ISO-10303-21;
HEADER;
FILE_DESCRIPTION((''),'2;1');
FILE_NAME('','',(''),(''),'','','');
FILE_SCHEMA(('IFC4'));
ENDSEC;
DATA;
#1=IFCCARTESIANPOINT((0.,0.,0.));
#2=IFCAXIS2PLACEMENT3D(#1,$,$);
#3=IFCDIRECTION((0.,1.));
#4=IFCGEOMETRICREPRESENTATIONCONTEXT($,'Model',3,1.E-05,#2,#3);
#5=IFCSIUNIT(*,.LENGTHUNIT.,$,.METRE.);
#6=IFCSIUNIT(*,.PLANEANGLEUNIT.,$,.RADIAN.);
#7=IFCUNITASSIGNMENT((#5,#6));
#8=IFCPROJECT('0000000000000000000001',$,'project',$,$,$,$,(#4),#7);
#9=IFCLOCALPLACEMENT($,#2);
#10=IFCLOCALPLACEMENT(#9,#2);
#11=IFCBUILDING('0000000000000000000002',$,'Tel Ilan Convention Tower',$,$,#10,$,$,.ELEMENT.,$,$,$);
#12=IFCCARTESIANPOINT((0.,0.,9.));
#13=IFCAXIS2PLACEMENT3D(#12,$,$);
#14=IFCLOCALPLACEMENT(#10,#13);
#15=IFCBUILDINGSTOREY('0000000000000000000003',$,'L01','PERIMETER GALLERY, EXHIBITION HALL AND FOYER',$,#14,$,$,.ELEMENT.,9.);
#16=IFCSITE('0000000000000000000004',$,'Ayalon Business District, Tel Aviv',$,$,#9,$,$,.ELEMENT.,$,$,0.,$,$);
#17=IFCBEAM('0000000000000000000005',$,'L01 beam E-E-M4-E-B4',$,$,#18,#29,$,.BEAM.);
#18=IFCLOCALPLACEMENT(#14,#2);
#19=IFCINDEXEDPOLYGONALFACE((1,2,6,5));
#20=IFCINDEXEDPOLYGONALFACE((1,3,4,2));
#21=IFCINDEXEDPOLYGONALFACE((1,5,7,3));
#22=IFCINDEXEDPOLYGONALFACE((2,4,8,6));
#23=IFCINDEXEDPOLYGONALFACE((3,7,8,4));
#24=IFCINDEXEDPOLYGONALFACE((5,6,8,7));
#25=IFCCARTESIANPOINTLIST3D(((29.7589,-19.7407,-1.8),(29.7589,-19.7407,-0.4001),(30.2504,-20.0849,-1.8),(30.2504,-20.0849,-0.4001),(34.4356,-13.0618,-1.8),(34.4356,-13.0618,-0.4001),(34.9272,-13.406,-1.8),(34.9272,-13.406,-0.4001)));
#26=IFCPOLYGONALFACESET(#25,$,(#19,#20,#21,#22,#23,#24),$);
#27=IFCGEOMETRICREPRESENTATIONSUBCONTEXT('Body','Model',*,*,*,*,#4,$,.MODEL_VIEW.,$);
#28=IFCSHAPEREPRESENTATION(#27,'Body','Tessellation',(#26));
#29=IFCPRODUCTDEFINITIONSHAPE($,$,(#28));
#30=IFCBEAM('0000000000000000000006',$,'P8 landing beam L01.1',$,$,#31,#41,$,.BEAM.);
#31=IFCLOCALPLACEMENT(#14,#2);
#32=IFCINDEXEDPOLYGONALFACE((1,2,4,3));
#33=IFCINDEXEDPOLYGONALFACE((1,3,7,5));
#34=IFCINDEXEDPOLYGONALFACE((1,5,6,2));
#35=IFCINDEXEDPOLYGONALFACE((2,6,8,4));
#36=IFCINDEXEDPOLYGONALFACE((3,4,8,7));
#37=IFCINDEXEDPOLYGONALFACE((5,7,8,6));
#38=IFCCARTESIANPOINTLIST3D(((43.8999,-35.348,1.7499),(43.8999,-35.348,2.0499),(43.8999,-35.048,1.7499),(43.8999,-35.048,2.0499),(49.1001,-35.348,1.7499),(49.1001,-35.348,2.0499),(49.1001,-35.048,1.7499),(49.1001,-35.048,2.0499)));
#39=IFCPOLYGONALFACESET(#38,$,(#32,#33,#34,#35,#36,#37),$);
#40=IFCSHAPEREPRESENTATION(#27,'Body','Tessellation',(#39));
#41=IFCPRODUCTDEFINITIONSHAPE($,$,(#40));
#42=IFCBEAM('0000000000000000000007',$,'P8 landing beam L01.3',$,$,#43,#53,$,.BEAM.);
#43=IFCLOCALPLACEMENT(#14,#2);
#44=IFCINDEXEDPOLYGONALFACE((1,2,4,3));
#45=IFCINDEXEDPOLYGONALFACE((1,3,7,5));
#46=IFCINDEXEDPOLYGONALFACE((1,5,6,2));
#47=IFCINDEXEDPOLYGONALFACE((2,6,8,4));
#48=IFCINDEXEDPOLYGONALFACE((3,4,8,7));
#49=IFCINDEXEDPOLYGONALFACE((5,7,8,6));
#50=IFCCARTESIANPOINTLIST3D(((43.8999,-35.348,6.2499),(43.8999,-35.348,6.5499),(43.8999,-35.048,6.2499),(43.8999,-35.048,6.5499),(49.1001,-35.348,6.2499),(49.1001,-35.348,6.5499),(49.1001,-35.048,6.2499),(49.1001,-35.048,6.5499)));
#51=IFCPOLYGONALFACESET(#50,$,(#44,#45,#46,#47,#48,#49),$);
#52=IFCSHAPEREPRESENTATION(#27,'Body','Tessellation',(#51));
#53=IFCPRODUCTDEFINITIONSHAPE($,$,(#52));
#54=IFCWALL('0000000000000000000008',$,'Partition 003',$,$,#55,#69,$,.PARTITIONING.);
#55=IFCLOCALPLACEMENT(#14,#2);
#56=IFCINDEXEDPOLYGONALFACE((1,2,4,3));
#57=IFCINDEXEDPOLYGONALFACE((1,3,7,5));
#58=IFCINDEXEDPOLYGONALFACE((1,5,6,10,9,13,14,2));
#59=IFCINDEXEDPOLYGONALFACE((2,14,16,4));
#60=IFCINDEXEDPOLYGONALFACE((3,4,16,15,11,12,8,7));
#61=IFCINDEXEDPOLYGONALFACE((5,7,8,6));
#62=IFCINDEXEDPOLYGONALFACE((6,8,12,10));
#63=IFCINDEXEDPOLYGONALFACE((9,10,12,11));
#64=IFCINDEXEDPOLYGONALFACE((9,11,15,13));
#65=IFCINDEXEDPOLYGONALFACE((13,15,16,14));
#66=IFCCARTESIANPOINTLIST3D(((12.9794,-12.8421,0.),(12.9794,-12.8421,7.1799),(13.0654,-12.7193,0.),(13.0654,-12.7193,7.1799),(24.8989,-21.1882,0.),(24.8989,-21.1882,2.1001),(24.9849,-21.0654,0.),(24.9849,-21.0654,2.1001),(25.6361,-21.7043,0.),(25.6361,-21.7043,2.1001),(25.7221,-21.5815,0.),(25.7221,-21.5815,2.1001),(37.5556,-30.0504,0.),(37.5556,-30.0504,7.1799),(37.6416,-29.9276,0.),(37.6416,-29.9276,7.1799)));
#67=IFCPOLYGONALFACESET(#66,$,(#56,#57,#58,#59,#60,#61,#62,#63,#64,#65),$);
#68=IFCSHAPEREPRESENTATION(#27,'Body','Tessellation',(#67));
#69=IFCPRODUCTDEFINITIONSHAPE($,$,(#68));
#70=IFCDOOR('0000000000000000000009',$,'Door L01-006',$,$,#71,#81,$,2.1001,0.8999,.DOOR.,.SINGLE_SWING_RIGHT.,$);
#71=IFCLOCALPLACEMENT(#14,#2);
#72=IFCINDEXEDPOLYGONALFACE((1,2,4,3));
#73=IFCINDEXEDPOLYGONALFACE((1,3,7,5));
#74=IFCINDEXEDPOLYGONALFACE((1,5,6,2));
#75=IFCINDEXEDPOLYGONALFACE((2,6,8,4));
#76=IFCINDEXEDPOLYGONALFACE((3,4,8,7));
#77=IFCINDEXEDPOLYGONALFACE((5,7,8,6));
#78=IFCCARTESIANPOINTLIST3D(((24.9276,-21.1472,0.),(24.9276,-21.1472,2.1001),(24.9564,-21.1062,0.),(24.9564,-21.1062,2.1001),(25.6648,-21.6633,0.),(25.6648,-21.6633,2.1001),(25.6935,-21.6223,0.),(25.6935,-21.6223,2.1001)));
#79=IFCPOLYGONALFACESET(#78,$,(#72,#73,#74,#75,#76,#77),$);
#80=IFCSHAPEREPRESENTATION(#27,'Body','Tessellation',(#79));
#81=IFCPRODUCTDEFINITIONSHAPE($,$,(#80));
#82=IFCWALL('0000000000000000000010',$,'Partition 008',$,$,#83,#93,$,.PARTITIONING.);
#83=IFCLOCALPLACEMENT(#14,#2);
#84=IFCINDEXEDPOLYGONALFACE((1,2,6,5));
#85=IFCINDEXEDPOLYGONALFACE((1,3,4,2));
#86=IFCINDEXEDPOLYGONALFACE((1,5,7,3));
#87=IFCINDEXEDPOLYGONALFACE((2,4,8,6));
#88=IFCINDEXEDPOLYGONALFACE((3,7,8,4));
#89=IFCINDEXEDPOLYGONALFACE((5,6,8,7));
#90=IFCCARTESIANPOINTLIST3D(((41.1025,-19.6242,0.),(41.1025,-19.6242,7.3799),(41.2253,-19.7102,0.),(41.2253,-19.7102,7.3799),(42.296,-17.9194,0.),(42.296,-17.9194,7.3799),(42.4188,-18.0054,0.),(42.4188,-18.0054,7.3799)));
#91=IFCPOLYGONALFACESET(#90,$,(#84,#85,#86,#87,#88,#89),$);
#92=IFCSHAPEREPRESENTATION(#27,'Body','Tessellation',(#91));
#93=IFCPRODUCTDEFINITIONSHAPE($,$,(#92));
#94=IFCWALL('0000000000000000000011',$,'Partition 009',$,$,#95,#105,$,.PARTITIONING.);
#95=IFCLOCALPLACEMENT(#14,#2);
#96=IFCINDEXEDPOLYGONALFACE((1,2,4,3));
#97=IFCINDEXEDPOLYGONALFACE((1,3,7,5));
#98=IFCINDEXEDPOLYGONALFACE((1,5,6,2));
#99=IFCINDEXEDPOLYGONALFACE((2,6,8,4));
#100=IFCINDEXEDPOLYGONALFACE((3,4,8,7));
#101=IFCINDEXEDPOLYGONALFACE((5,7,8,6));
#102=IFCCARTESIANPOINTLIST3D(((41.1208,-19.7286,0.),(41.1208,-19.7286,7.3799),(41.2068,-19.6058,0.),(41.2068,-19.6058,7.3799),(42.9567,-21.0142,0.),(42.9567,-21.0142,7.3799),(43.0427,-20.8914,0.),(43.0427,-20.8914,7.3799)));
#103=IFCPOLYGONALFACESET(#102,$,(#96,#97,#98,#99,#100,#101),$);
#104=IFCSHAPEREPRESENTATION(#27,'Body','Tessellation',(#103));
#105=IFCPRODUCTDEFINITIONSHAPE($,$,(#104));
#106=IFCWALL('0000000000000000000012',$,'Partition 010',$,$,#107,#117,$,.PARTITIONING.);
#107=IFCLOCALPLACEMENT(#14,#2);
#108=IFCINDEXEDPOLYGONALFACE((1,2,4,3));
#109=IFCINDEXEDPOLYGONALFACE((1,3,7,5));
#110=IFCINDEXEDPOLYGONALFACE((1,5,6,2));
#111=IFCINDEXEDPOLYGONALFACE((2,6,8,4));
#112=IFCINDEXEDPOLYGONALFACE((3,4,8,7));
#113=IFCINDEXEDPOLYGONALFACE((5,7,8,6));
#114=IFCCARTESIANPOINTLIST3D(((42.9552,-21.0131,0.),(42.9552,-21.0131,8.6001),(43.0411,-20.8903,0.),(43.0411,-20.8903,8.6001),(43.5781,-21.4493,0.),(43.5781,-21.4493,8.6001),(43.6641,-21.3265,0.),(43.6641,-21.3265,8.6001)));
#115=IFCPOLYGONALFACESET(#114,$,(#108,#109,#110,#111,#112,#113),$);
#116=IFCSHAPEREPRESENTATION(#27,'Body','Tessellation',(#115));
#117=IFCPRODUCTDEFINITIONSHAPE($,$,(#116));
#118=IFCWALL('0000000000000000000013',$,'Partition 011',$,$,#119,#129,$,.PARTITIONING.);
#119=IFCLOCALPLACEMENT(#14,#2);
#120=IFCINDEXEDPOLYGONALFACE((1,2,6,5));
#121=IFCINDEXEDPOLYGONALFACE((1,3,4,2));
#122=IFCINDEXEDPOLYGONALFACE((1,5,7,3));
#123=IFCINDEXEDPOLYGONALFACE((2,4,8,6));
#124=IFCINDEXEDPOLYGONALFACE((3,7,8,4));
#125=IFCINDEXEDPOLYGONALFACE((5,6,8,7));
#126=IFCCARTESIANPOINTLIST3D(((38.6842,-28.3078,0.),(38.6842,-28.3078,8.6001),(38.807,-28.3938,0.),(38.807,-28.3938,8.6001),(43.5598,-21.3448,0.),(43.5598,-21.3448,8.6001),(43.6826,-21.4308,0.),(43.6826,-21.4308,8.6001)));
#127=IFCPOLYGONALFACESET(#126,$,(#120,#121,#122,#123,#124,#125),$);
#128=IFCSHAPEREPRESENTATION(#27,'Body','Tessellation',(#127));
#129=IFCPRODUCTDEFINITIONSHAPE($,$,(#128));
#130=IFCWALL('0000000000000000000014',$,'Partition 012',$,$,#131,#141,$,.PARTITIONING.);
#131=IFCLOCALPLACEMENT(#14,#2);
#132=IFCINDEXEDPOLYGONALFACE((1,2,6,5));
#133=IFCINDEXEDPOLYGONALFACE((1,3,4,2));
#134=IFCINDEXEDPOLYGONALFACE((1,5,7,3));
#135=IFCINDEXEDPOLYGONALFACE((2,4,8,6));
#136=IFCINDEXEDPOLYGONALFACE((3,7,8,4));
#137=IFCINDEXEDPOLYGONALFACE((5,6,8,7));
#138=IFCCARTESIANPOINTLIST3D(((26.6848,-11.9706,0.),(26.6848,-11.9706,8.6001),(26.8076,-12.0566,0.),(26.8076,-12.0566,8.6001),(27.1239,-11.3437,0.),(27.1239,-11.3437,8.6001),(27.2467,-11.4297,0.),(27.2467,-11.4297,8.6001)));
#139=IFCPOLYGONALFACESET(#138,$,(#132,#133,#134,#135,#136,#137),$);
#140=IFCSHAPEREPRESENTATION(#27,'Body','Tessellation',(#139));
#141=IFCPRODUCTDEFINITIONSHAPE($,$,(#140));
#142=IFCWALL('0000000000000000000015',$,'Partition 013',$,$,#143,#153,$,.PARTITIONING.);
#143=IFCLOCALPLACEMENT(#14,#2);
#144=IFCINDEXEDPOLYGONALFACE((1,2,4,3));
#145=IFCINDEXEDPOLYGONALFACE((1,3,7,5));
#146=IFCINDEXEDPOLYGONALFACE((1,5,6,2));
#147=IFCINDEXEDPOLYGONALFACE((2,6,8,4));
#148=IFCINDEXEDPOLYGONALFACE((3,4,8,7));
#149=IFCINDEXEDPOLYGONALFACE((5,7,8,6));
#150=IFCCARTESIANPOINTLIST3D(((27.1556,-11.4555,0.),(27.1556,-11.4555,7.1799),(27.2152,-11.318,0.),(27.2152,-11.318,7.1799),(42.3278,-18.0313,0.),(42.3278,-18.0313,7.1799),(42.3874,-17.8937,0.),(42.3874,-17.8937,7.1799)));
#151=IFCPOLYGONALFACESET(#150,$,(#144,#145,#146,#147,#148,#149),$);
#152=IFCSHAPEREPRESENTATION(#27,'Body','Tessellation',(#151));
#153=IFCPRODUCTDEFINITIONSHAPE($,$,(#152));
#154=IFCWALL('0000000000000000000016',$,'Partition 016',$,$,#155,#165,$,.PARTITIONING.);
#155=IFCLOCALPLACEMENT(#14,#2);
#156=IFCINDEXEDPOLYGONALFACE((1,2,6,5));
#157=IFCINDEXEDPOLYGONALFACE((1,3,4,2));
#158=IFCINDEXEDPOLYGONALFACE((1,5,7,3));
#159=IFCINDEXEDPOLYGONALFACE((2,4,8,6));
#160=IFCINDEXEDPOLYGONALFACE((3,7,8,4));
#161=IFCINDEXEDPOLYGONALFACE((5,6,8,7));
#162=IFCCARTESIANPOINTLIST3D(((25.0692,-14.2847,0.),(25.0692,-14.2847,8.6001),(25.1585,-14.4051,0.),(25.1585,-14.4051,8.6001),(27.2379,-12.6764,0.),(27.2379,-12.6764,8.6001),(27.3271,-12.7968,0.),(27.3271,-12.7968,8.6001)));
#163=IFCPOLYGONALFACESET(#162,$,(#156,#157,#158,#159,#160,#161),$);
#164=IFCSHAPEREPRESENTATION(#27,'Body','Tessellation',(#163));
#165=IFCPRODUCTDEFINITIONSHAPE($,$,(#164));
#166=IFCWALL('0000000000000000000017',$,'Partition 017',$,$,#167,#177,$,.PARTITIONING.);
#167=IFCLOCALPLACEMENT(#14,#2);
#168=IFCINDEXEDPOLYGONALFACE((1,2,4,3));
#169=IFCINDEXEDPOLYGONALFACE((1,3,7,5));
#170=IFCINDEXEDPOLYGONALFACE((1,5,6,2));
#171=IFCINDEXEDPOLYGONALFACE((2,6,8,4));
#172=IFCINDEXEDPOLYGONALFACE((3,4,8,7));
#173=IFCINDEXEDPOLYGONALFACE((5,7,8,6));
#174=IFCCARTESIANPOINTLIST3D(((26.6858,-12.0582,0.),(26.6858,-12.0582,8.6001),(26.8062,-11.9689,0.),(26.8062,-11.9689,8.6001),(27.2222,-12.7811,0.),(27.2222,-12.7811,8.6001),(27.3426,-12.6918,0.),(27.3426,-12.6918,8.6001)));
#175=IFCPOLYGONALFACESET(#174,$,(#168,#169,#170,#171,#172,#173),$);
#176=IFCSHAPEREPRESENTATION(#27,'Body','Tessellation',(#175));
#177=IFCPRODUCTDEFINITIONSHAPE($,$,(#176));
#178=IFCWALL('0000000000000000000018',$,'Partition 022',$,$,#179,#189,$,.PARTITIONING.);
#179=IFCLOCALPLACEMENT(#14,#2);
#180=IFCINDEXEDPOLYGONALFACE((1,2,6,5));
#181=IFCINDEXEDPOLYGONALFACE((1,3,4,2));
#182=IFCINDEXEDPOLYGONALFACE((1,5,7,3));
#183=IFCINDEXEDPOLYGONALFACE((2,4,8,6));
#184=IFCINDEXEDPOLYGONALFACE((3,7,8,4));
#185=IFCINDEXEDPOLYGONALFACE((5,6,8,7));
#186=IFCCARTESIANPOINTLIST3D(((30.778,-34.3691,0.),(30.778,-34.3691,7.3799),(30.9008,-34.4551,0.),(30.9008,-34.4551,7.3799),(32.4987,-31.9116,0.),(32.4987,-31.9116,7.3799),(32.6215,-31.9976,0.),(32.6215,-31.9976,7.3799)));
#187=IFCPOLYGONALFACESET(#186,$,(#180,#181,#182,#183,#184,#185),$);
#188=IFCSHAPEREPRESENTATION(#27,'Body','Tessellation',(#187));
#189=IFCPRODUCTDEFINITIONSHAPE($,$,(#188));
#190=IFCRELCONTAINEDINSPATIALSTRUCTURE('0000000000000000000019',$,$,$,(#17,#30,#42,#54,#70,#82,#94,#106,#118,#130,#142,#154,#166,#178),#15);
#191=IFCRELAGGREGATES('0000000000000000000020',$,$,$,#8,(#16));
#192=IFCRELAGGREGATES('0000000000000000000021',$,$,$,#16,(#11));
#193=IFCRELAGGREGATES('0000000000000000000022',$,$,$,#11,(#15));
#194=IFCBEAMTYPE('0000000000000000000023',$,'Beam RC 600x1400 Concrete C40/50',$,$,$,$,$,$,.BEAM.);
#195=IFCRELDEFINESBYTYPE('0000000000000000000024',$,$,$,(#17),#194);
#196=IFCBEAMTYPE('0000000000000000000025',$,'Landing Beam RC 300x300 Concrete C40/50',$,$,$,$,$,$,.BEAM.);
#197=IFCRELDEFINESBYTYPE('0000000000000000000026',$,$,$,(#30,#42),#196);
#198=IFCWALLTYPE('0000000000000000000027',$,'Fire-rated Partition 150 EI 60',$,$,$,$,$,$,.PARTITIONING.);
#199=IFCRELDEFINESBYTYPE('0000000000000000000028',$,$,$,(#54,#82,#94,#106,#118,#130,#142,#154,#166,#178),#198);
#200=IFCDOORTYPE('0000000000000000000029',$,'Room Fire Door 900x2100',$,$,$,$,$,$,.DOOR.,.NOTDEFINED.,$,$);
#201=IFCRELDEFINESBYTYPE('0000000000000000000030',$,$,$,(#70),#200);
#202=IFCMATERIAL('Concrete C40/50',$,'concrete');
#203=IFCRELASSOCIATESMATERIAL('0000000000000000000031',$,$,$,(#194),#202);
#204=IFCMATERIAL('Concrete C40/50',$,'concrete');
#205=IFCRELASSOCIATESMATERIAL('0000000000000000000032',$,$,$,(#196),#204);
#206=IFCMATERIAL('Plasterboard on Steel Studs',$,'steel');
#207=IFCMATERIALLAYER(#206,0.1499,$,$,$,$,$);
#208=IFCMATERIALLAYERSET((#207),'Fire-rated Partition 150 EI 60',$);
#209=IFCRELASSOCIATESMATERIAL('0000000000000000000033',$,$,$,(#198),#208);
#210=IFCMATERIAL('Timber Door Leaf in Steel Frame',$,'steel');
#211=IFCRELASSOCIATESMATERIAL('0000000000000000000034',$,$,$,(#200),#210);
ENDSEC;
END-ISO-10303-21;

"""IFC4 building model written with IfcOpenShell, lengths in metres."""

from ifc_helpers import new_model, si_unit, direction, frame, frame_2d, origin, origin_2d, place, context, subcontext, project, spatial, rectangle, extrude, material, layer, layer_set, material_profile, profile_set, type_object, element, fill, save


model = new_model("IFC4")

# Units and contexts
model_context = context("Model", 3, precision=1e-05, world=origin(), true_north=direction((0.0, 1.0)))
body_context = subcontext(model_context, "Body", "Model", "MODEL_VIEW")
ifc_project = project(units=[si_unit("LENGTHUNIT", "METRE"), si_unit("PLANEANGLEUNIT", "RADIAN")], contexts=[model_context])

# Site, building, storey
site_placement = place(None, origin())
site = spatial("IfcSite", under=ifc_project, at=site_placement, Name="Ayalon Business District, Tel Aviv", CompositionType="ELEMENT", RefElevation=0.0)
building_placement = place(site_placement, origin())
building = spatial("IfcBuilding", under=site, at=building_placement, Name="Tel Ilan Convention Tower", CompositionType="ELEMENT")
storey_placement = place(building_placement, frame((0.0, 0.0, 9.0)))
storey = spatial("IfcBuildingStorey", under=building, at=storey_placement, Name="L01", Description="PERIMETER GALLERY, EXHIBITION HALL AND FOYER", CompositionType="ELEMENT", Elevation=9.0)

# Beams
ifc_material_1 = material(Name="Concrete C40/50", Category="concrete")
ifc_material_profile_1 = material_profile(ifc_material_1, rectangle(XDim=0.6001, YDim=1.3999, at=origin_2d()), Name="RC 600x1400")
ifc_profile_set_1 = profile_set([ifc_material_profile_1], Name="Concrete C40/50")
beam_type_1 = type_object("IfcBeamType", Name="Beam RC 600x1400 Concrete C40/50", PredefinedType="BEAM", material=ifc_profile_set_1)
beam_1_placement = place(storey_placement, frame((30.0046, -19.9128, -1.1001), z_axis=(0.573585, 0.819146, 0.0), x_axis=(-0.819146, 0.573585, 0.0)))
element("IfcBeam", 1, at=beam_1_placement, inside=storey, type_object=beam_type_1, Name="L01 beam E-E-M4-E-B4", PredefinedType="BEAM", context=body_context, shape_type="SweptSolid", body=[
    extrude(rectangle(XDim=0.6001, YDim=1.3999, at=origin_2d()), origin(), (0.0, 0.0, 1.0), 8.1536),
])
ifc_material_2 = material(Name="Concrete C40/50", Category="concrete")
ifc_material_profile_2 = material_profile(ifc_material_2, rectangle(XDim=0.3, YDim=0.3, at=origin_2d()), Name="RC 300x300")
ifc_profile_set_2 = profile_set([ifc_material_profile_2], Name="Concrete C40/50")
beam_type_2 = type_object("IfcBeamType", Name="Landing Beam RC 300x300 Concrete C40/50", PredefinedType="BEAM", material=ifc_profile_set_2)
for number, where, z_axis, x_axis, name in (
    (2, (49.1001, -35.198, 1.8999), (-1.0, 0.0, 0.0), (0.0, -1.0, 0.0), "P8 landing beam L01.1"),
    (3, (49.1001, -35.198, 6.3999), (-1.0, 0.0, 0.0), (0.0, -1.0, 0.0), "P8 landing beam L01.3"),
):
    element("IfcBeam", number, at=place(storey_placement, frame(where, z_axis=z_axis, x_axis=x_axis)), inside=storey, type_object=beam_type_2, Name=name, PredefinedType="BEAM", context=body_context, shape_type="SweptSolid", body=[
        extrude(rectangle(XDim=0.3, YDim=0.3, at=origin_2d()), origin(), (0.0, 0.0, 1.0), 5.2002),
    ])

# Wall, opening, door
ifc_material_3 = material(Name="Plasterboard on Steel Studs", Category="steel")
ifc_layer_1 = layer(ifc_material_3, 0.1499)
ifc_layer_set_1 = layer_set([ifc_layer_1], Name="Fire-rated Partition 150 EI 60")
wall_type_1 = type_object("IfcWallType", Name="Fire-rated Partition 150 EI 60", PredefinedType="PARTITIONING", material=ifc_layer_set_1)
wall_1_placement = place(storey_placement, frame((37.5986, -29.989, 0.0), z_axis=(0.0, 0.0, 1.0), x_axis=(-0.819155, 0.573573, 0.0)))
wall_1 = element("IfcWall", 4, at=wall_1_placement, inside=storey, type_object=wall_type_1, Name="Partition 003", PredefinedType="PARTITIONING", context=body_context, shape_type="SweptSolid", body=[
    extrude(rectangle(XDim=30.002, YDim=0.1499, at=frame_2d((15.001, 0.0))), origin(), (0.0, 0.0, 1.0), 7.1799),
])
opening_placement = place(wall_1_placement, frame((14.551, 0.0, 0.0)))
opening = element("IfcOpeningElement", 5, at=opening_placement, cuts=wall_1, PredefinedType="OPENING", context=body_context, shape_type="SweptSolid", body=[
    extrude(rectangle(XDim=0.8999, YDim=2.1001, at=frame_2d((0.45, 1.05))), frame((0.0, 0.085, 0.0), z_axis=(0.0, -1.0, 0.0), x_axis=(1.0, 0.0, 0.0)), (0.0, 0.0, 1.0), 0.1699),
])
ifc_material_4 = material(Name="Timber Door Leaf in Steel Frame", Category="steel")
door_type = type_object("IfcDoorType", Name="Room Fire Door 900x2100", OperationType="NOTDEFINED", PredefinedType="DOOR", material=ifc_material_4)
door_placement = place(opening_placement, origin())
door = element("IfcDoor", 6, at=door_placement, inside=storey, type_object=door_type, Name="Door L01-006", OperationType="SINGLE_SWING_RIGHT", OverallHeight=2.1001, OverallWidth=0.8999, PredefinedType="DOOR", context=body_context, shape_type="SweptSolid", body=[
    extrude(rectangle(XDim=0.8999, YDim=2.1001, at=frame_2d((0.45, 1.05))), frame((0.0, 0.0249, 0.0), z_axis=(0.0, -1.0, 0.0), x_axis=(1.0, 0.0, 0.0)), (0.0, 0.0, 1.0), 0.05),
])
fill(opening, door)

# Walls
wall_2_placement = place(storey_placement, frame((42.3574, -17.9624, 0.0), z_axis=(0.0, 0.0, 1.0), x_axis=(-0.573533, -0.819182, 0.0)))
element("IfcWall", 7, at=wall_2_placement, inside=storey, type_object=wall_type_1, Name="Partition 008", PredefinedType="PARTITIONING", context=body_context, shape_type="SweptSolid", body=[
    extrude(rectangle(XDim=2.0811, YDim=0.1499, at=frame_2d((1.0405, 0.0))), origin(), (0.0, 0.0, 1.0), 7.3799),
])
wall_3_placement = place(storey_placement, frame((41.1638, -19.6672, 0.0), z_axis=(0.0, 0.0, 1.0), x_axis=(0.81913, -0.573609, 0.0)))
element("IfcWall", 8, at=wall_3_placement, inside=storey, type_object=wall_type_1, Name="Partition 009", PredefinedType="PARTITIONING", context=body_context, shape_type="SweptSolid", body=[
    extrude(rectangle(XDim=2.2412, YDim=0.1499, at=frame_2d((1.1206, 0.0))), origin(), (0.0, 0.0, 1.0), 7.3799),
])
wall_4_placement = place(storey_placement, frame((42.998, -20.9517, 0.0), z_axis=(0.0, 0.0, 1.0), x_axis=(0.819141, -0.573592, 0.0)))
element("IfcWall", 9, at=wall_4_placement, inside=storey, type_object=wall_type_1, Name="Partition 010", PredefinedType="PARTITIONING", context=body_context, shape_type="SweptSolid", body=[
    extrude(rectangle(XDim=0.7605, YDim=0.1499, at=frame_2d((0.3804, 0.0))), origin(), (0.0, 0.0, 1.0), 8.6001),
])
wall_5_placement = place(storey_placement, frame((43.6211, -21.3879, 0.0), z_axis=(0.0, 0.0, 1.0), x_axis=(-0.573578, -0.819151, 0.0)))
element("IfcWall", 10, at=wall_5_placement, inside=storey, type_object=wall_type_1, Name="Partition 011", PredefinedType="PARTITIONING", context=body_context, shape_type="SweptSolid", body=[
    extrude(rectangle(XDim=8.5002, YDim=0.1499, at=frame_2d((4.25, 0.0))), origin(), (0.0, 0.0, 1.0), 8.6001),
])
wall_6_placement = place(storey_placement, frame((26.7461, -12.0137, 0.0), z_axis=(0.0, 0.0, 1.0), x_axis=(0.573762, 0.819022, 0.0)))
element("IfcWall", 11, at=wall_6_placement, inside=storey, type_object=wall_type_1, Name="Partition 012", PredefinedType="PARTITIONING", context=body_context, shape_type="SweptSolid", body=[
    extrude(rectangle(XDim=0.7654, YDim=0.1499, at=frame_2d((0.3828, 0.0))), origin(), (0.0, 0.0, 1.0), 8.6001),
])
wall_7_placement = place(storey_placement, frame((27.1853, -11.3867, 0.0), z_axis=(0.0, 0.0, 1.0), x_axis=(0.917531, -0.397663, 0.0)))
element("IfcWall", 12, at=wall_7_placement, inside=storey, type_object=wall_type_1, Name="Partition 013", PredefinedType="PARTITIONING", context=body_context, shape_type="SweptSolid", body=[
    extrude(rectangle(XDim=16.5359, YDim=0.1499, at=frame_2d((8.2681, 0.0))), origin(), (0.0, 0.0, 1.0), 7.1799),
])
wall_8_placement = place(storey_placement, frame((25.1138, -14.345, 0.0), z_axis=(0.0, 0.0, 1.0), x_axis=(0.803211, 0.595695, 0.0)))
element("IfcWall", 13, at=wall_8_placement, inside=storey, type_object=wall_type_1, Name="Partition 016", PredefinedType="PARTITIONING", context=body_context, shape_type="SweptSolid", body=[
    extrude(rectangle(XDim=2.7, YDim=0.1499, at=frame_2d((1.3501, 0.0))), origin(), (0.0, 0.0, 1.0), 8.6001),
])
wall_9_placement = place(storey_placement, frame((27.2825, -12.7366, 0.0), z_axis=(0.0, 0.0, 1.0), x_axis=(-0.595869, 0.803081, 0.0)))
element("IfcWall", 14, at=wall_9_placement, inside=storey, type_object=wall_type_1, Name="Partition 017", PredefinedType="PARTITIONING", context=body_context, shape_type="SweptSolid", body=[
    extrude(rectangle(XDim=0.9001, YDim=0.1499, at=frame_2d((0.4502, 0.0))), origin(), (0.0, 0.0, 1.0), 8.6001),
])
wall_10_placement = place(storey_placement, frame((32.5601, -31.9546, 0.0), z_axis=(0.0, 0.0, 1.0), x_axis=(-0.573561, -0.819163, 0.0)))
element("IfcWall", 15, at=wall_10_placement, inside=storey, type_object=wall_type_1, Name="Partition 022", PredefinedType="PARTITIONING", context=body_context, shape_type="SweptSolid", body=[
    extrude(rectangle(XDim=3.0, YDim=0.1499, at=frame_2d((1.5, 0.0))), origin(), (0.0, 0.0, 1.0), 7.3799),
])

save(model, "model.ifc")
